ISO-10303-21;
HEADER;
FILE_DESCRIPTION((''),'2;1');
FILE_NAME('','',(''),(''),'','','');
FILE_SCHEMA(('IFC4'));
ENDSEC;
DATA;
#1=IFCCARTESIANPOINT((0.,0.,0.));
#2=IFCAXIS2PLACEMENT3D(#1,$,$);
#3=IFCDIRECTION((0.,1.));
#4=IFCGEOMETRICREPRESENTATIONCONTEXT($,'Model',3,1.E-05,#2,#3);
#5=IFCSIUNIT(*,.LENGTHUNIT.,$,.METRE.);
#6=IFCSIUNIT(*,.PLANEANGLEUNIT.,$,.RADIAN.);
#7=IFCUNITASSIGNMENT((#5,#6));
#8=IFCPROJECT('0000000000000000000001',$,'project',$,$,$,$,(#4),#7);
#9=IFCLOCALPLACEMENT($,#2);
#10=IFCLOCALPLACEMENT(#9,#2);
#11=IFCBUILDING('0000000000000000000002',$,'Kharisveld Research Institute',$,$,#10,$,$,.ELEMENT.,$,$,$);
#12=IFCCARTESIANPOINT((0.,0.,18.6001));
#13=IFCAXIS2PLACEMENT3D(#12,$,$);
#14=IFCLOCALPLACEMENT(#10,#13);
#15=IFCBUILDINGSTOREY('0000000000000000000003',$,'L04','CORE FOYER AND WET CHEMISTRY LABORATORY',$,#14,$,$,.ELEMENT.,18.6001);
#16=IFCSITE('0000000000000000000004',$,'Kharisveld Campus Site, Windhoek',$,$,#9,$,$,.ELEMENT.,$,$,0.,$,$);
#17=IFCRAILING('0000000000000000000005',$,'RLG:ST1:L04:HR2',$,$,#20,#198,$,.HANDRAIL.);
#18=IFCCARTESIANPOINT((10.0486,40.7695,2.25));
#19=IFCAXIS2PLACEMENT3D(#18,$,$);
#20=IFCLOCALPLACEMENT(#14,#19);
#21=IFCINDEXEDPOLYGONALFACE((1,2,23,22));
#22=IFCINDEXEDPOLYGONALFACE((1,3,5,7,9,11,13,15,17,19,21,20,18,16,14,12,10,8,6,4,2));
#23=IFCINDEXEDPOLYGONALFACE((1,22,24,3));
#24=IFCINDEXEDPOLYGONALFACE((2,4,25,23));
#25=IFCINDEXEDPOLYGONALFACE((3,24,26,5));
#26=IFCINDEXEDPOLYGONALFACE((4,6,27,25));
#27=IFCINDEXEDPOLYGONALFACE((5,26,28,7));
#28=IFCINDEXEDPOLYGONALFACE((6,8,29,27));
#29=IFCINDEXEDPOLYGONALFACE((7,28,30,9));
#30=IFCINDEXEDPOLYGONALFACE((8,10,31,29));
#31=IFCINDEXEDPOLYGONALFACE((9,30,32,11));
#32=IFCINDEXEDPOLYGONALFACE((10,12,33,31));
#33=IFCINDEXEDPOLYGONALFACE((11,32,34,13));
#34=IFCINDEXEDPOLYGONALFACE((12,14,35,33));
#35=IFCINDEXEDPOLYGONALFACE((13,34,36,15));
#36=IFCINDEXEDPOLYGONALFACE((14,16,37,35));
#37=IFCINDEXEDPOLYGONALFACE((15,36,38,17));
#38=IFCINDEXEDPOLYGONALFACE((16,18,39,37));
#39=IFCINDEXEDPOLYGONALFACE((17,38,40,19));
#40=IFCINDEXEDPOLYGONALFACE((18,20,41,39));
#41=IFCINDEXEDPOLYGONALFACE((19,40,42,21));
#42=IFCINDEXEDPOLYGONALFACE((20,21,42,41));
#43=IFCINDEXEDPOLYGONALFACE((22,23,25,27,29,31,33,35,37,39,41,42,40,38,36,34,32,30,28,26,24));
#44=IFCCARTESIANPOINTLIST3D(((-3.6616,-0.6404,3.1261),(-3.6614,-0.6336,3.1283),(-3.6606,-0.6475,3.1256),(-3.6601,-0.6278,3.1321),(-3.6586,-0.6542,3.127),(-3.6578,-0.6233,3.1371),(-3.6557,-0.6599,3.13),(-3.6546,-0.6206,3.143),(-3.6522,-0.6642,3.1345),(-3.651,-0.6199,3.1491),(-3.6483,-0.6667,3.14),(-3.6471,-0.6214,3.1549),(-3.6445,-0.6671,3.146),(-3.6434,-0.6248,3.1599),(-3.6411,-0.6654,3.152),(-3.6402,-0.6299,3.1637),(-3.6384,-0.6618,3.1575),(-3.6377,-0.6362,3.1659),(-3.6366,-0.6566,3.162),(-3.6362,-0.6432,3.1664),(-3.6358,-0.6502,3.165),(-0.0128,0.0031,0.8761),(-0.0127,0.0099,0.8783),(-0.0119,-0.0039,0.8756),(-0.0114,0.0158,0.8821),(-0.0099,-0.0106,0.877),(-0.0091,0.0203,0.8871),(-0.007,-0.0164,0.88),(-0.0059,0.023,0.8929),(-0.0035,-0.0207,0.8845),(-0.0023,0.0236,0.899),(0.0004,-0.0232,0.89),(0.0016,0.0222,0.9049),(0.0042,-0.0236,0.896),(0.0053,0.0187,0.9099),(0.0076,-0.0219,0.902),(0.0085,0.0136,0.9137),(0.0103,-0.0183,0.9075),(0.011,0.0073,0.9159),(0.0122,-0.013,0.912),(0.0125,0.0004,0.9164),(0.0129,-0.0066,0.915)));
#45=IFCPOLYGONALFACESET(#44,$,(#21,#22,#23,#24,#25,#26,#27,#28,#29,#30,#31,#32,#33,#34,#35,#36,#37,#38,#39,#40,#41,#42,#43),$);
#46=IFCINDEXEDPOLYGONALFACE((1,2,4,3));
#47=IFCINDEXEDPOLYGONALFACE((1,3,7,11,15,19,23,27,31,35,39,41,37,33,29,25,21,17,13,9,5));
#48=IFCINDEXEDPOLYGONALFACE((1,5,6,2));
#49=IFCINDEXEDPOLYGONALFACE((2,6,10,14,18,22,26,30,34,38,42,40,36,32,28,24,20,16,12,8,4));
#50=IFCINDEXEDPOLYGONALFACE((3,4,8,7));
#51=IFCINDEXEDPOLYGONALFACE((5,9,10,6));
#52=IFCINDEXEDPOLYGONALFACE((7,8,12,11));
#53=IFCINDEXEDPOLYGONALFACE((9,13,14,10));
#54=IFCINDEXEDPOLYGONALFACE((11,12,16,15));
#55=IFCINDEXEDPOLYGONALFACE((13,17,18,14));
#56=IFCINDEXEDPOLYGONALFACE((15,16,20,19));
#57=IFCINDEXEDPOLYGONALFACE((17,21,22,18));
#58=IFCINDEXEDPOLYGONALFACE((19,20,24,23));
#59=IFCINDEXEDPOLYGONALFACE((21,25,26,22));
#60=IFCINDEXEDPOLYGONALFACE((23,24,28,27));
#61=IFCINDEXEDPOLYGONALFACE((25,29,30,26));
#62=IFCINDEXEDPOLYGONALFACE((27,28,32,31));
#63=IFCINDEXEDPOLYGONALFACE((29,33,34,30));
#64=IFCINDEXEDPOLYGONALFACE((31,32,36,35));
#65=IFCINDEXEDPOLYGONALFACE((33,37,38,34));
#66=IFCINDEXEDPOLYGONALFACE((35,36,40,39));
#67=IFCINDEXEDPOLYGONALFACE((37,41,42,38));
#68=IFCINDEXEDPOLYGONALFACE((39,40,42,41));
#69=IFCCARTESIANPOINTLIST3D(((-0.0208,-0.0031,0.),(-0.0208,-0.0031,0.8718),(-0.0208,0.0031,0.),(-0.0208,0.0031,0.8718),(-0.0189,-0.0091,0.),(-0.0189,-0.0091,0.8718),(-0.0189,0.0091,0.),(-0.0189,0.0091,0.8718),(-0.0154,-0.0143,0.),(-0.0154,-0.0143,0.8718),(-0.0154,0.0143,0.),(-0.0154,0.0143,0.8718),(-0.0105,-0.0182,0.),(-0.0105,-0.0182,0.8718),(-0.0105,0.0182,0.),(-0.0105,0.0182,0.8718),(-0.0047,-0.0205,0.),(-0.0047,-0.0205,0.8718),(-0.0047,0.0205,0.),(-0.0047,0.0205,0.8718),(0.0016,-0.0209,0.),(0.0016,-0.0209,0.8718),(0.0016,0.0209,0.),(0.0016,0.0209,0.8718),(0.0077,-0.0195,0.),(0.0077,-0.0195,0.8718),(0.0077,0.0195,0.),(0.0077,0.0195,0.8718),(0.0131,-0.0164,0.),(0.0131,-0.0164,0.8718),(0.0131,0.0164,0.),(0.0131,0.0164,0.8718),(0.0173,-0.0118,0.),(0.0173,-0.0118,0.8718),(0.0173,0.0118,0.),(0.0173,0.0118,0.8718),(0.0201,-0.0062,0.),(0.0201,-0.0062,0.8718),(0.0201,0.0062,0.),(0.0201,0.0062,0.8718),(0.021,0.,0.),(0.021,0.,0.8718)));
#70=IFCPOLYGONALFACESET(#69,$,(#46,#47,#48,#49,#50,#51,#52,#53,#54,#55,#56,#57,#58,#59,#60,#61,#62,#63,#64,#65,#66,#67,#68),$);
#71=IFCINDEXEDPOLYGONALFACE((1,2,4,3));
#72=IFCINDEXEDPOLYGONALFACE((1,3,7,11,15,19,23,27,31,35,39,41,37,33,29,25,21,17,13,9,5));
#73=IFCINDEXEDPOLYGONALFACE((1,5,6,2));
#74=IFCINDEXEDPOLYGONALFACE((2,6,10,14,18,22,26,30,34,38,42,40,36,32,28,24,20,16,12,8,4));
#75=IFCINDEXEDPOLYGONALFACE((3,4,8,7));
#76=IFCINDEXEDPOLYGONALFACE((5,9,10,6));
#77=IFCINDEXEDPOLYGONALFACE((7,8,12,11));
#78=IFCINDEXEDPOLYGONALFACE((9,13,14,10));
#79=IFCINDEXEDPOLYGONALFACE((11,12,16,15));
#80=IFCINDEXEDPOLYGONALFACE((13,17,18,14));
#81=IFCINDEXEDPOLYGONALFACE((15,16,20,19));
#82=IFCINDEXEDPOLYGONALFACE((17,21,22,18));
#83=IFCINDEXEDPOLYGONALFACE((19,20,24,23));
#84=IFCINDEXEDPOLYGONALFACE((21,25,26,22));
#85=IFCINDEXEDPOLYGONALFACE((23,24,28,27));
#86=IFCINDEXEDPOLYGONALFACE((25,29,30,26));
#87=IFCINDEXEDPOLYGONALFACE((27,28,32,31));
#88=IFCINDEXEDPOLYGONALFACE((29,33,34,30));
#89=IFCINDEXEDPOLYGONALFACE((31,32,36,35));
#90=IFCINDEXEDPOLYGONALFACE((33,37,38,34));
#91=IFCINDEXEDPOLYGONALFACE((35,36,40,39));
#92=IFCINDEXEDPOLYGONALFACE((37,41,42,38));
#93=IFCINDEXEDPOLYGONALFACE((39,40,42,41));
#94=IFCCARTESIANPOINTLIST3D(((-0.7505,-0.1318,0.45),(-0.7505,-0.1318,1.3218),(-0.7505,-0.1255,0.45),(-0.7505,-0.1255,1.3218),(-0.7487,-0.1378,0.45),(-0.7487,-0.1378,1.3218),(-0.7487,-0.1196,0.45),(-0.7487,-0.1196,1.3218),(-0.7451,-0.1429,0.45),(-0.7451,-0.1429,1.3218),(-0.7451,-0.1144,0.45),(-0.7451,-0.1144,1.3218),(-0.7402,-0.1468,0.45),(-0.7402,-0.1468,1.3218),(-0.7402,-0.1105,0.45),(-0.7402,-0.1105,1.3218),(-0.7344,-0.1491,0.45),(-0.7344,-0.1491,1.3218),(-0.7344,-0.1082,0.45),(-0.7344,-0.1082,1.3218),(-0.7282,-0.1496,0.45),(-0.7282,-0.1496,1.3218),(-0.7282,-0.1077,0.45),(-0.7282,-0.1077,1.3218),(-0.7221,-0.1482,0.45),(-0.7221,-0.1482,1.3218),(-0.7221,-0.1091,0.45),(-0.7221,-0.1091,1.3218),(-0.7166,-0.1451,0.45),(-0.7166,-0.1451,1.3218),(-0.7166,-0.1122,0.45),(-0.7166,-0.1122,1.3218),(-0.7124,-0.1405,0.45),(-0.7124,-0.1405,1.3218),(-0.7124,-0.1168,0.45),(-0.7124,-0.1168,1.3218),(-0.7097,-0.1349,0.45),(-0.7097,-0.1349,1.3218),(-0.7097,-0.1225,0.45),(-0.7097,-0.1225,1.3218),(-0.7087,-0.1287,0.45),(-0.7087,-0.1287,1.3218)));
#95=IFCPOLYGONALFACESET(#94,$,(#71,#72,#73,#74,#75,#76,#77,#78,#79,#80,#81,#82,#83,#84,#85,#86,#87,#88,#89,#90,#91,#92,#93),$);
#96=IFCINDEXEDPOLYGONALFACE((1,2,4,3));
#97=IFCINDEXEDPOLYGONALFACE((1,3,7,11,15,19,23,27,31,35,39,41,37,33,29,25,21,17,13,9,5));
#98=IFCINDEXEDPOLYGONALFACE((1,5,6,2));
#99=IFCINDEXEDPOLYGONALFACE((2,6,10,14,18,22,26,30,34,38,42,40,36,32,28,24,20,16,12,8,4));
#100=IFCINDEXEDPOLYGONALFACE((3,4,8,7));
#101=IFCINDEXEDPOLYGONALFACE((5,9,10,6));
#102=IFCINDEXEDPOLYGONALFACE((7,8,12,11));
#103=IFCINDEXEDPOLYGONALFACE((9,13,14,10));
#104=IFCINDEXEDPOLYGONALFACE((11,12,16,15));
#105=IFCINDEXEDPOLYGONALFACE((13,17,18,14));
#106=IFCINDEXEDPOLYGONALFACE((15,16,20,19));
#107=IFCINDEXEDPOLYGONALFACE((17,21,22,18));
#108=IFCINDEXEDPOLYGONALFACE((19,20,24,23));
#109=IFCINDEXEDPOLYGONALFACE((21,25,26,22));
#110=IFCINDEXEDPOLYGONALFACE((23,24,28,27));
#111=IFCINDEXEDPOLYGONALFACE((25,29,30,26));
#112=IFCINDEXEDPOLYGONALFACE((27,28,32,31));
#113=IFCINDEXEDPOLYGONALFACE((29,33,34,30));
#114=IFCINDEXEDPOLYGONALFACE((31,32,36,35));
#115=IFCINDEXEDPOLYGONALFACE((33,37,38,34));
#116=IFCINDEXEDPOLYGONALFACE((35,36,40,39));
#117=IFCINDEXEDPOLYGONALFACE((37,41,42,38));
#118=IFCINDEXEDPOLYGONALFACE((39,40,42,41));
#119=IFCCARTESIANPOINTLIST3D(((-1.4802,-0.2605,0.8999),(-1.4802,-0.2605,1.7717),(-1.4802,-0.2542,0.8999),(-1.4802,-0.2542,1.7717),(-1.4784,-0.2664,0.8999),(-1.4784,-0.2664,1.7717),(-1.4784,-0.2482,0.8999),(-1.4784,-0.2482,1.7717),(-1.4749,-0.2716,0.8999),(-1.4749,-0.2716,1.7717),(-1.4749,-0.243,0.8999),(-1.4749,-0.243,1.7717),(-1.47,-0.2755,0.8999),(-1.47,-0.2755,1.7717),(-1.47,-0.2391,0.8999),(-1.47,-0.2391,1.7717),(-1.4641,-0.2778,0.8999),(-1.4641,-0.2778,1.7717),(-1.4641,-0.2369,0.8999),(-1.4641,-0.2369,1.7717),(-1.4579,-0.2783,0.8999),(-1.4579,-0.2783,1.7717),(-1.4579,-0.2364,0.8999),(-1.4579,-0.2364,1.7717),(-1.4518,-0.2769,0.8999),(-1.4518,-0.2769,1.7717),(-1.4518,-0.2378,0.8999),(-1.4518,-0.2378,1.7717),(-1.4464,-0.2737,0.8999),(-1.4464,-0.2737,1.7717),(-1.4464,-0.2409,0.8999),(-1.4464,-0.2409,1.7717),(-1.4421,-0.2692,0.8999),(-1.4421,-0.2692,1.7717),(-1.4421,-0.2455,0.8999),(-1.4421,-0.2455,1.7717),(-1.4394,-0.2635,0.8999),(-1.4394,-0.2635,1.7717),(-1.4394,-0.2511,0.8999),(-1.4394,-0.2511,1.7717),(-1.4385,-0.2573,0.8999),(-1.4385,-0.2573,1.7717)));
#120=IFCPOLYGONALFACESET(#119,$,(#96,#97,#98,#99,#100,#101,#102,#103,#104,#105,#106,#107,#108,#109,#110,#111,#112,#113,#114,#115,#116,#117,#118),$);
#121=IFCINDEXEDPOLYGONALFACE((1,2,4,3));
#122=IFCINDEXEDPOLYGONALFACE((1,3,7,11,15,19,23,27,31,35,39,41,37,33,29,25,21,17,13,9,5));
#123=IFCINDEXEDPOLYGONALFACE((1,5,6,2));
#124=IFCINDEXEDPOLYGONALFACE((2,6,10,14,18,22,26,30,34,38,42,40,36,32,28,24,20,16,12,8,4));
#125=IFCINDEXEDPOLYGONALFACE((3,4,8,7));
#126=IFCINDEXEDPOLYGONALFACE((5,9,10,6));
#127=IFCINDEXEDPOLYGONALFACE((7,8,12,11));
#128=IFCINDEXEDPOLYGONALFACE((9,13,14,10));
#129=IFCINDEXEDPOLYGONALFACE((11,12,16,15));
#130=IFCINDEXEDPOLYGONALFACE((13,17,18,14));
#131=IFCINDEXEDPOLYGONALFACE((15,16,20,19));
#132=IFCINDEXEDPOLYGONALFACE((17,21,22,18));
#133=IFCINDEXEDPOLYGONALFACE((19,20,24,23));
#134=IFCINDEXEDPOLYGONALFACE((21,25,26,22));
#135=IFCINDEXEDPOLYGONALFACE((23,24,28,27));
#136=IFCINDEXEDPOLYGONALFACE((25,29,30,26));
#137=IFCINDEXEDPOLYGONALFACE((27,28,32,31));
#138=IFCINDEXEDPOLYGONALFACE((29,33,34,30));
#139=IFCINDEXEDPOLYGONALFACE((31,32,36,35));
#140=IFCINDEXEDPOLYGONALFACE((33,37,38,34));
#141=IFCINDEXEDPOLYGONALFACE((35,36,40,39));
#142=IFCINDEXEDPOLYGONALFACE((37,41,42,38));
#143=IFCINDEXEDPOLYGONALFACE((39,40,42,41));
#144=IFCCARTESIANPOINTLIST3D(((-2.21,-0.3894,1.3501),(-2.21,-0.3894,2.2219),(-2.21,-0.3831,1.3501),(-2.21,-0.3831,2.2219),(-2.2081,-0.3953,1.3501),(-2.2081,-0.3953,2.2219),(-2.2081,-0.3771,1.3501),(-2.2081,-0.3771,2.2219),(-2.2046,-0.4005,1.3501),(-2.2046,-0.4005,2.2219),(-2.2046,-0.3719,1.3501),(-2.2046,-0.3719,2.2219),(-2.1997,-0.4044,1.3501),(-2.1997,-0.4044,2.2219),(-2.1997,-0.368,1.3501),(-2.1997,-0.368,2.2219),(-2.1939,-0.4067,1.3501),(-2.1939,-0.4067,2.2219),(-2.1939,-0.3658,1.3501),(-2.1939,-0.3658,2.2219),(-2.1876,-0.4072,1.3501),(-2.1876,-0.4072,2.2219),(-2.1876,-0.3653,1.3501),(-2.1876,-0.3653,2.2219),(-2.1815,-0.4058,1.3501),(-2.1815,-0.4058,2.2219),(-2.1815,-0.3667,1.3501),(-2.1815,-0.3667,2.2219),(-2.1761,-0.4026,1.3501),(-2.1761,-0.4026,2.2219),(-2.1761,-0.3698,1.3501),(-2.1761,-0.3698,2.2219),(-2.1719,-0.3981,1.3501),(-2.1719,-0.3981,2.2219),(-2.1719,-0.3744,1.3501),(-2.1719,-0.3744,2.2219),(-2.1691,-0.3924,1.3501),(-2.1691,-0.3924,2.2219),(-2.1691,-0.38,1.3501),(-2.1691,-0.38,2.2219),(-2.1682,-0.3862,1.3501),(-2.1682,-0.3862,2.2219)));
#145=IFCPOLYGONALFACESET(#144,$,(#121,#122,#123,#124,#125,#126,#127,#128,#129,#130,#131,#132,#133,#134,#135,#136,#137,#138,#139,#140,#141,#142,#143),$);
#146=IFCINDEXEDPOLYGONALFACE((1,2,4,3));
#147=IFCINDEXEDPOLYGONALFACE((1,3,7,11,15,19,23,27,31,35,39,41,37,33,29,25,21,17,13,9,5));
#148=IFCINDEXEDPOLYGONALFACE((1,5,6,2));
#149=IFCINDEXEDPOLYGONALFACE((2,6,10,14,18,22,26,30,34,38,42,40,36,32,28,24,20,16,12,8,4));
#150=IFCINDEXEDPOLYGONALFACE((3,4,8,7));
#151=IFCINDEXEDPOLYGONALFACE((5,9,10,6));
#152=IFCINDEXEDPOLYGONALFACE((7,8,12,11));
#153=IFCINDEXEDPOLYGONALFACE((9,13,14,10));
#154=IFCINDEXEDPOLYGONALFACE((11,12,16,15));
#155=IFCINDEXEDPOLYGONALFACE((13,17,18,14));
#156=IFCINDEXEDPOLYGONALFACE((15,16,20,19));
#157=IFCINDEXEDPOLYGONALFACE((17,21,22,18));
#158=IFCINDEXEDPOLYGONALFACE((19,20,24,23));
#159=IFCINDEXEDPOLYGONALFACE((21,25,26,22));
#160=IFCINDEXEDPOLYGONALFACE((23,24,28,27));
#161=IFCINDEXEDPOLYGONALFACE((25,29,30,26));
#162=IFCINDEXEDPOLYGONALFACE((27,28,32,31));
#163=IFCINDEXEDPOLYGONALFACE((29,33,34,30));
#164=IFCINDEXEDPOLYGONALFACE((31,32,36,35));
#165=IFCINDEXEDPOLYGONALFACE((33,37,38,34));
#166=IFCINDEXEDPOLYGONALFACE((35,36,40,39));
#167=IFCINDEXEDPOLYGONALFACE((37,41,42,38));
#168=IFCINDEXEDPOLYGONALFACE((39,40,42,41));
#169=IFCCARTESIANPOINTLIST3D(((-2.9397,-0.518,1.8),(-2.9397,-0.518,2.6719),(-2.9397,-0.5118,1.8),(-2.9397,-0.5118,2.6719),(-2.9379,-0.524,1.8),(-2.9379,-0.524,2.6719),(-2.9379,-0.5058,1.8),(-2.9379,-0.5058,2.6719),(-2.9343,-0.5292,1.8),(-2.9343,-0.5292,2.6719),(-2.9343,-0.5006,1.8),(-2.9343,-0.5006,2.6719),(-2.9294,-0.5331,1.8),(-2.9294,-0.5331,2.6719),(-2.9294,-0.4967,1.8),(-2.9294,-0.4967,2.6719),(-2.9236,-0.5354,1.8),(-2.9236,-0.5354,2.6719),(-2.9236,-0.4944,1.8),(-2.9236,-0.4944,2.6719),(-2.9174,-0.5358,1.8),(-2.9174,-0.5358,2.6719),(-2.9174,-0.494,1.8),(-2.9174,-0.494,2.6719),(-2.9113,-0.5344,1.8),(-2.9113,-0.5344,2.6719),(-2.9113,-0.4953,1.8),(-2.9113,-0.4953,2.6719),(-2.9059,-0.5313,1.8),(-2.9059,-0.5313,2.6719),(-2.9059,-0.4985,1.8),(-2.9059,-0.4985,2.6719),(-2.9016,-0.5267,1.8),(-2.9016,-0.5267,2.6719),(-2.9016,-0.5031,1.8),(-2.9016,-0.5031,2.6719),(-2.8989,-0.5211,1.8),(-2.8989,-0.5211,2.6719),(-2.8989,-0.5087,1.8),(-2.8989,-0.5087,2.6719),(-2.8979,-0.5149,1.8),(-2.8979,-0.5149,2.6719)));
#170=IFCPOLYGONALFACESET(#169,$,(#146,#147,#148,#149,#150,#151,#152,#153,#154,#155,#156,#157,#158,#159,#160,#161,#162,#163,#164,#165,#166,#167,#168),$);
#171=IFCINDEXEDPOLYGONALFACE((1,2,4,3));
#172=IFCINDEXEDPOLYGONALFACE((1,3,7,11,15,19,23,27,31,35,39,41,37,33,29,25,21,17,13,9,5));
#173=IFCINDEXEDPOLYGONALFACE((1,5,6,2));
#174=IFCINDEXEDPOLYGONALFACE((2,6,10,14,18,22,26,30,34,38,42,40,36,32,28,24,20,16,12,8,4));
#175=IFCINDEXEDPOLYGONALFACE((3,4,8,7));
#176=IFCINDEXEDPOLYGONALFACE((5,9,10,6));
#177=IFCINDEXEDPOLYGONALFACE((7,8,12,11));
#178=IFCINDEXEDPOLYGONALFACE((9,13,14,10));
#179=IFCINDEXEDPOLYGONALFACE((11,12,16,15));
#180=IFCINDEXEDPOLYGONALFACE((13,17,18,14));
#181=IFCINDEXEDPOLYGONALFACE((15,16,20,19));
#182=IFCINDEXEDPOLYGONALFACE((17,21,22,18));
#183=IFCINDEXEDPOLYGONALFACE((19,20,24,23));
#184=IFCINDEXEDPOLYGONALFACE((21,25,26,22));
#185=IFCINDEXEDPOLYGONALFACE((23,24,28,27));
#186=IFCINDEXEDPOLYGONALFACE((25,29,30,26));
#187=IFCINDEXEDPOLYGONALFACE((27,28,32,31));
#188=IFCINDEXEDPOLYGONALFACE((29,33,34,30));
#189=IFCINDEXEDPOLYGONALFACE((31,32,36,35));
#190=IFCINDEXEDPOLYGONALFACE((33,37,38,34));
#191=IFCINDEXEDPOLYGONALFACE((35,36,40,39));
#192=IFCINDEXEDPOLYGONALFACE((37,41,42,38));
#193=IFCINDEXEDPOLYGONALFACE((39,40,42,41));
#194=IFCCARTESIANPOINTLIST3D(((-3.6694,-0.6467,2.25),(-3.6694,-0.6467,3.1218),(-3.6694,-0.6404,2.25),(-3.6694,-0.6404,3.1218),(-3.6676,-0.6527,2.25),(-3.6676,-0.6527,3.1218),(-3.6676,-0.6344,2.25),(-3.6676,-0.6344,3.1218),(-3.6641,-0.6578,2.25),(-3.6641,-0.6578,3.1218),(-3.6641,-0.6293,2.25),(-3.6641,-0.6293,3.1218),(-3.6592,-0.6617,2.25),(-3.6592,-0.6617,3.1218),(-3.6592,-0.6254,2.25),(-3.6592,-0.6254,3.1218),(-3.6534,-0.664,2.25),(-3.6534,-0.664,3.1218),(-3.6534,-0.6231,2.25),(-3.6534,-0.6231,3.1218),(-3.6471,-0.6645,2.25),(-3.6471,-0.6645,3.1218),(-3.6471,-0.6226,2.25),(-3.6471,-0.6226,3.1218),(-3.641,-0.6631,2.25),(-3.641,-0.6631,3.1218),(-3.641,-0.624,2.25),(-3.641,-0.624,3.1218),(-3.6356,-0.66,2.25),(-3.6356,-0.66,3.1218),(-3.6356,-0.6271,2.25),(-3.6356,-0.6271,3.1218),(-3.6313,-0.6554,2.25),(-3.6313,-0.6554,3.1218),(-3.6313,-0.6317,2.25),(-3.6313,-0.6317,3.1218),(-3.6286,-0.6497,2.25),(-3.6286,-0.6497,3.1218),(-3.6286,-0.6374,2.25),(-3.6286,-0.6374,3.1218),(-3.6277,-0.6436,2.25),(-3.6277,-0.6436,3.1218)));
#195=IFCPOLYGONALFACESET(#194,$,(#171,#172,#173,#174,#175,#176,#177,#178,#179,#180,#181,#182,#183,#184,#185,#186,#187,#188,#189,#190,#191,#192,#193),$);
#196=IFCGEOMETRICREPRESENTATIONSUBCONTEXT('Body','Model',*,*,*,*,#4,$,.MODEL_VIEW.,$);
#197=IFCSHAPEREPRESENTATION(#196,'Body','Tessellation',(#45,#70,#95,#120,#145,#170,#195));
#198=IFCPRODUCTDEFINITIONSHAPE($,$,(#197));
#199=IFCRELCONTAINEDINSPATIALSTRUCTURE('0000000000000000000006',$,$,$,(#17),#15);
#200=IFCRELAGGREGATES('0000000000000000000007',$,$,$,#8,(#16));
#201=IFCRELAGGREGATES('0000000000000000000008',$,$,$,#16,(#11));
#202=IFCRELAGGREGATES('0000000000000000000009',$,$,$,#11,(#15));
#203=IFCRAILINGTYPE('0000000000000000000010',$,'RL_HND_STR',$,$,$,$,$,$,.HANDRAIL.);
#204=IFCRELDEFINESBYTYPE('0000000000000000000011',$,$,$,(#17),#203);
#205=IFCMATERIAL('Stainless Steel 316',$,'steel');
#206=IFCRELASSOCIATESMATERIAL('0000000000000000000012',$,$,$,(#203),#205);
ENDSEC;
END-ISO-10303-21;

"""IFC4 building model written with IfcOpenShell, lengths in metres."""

from ifc_helpers import new_model, si_unit, direction, frame, origin, origin_2d, place, context, subcontext, project, spatial, circle, extrude, material, type_object, element, save


model = new_model("IFC4")

# Units and contexts
model_context = context("Model", 3, precision=1e-05, world=origin(), true_north=direction((0.0, 1.0)))
body_context = subcontext(model_context, "Body", "Model", "MODEL_VIEW")
ifc_project = project(units=[si_unit("LENGTHUNIT", "METRE"), si_unit("PLANEANGLEUNIT", "RADIAN")], contexts=[model_context])

# Site, building, storey
site_placement = place(None, origin())
site = spatial("IfcSite", under=ifc_project, at=site_placement, Name="Kharisveld Campus Site, Windhoek", CompositionType="ELEMENT", RefElevation=0.0)
building_placement = place(site_placement, origin())
building = spatial("IfcBuilding", under=site, at=building_placement, Name="Kharisveld Research Institute", CompositionType="ELEMENT")
storey_placement = place(building_placement, frame((0.0, 0.0, 18.6001)))
storey = spatial("IfcBuildingStorey", under=building, at=storey_placement, Name="L04", Description="CORE FOYER AND WET CHEMISTRY LABORATORY", CompositionType="ELEMENT", Elevation=18.6001)

# Railing
ifc_material_1 = material(Name="Stainless Steel 316", Category="steel")
railing_type = type_object("IfcRailingType", Name="RL_HND_STR", PredefinedType="HANDRAIL", material=ifc_material_1)
railing_placement = place(storey_placement, frame((10.0486, 40.7695, 2.25)))
element("IfcRailing", 1, at=railing_placement, inside=storey, type_object=railing_type, Name="RLG:ST1:L04:HR2", PredefinedType="HANDRAIL", context=body_context, shape_type="SweptSolid", body=[
    extrude(circle(Radius=0.0239, at=origin_2d()), frame((0.0, 0.0, 0.896), z_axis=(-0.84174, -0.148466, 0.519068), x_axis=(0.173699, -0.984799, 0.0)), (0.0, 0.0, 1.0), 4.3347),
    extrude(circle(Radius=0.021, at=origin_2d()), origin(), (0.0, 0.0, 1.0), 0.8718),
    extrude(circle(Radius=0.021, at=origin_2d()), frame((-0.7297, -0.1287, 0.45)), (0.0, 0.0, 1.0), 0.8718),
    extrude(circle(Radius=0.021, at=origin_2d()), frame((-1.4595, -0.2573, 0.8999)), (0.0, 0.0, 1.0), 0.8718),
    extrude(circle(Radius=0.021, at=origin_2d()), frame((-2.1892, -0.3862, 1.3501)), (0.0, 0.0, 1.0), 0.8718),
    extrude(circle(Radius=0.021, at=origin_2d()), frame((-2.9189, -0.5149, 1.8)), (0.0, 0.0, 1.0), 0.8718),
    extrude(circle(Radius=0.021, at=origin_2d()), frame((-3.6487, -0.6436, 2.25)), (0.0, 0.0, 1.0), 0.8718),
])

save(model, "model.ifc")
